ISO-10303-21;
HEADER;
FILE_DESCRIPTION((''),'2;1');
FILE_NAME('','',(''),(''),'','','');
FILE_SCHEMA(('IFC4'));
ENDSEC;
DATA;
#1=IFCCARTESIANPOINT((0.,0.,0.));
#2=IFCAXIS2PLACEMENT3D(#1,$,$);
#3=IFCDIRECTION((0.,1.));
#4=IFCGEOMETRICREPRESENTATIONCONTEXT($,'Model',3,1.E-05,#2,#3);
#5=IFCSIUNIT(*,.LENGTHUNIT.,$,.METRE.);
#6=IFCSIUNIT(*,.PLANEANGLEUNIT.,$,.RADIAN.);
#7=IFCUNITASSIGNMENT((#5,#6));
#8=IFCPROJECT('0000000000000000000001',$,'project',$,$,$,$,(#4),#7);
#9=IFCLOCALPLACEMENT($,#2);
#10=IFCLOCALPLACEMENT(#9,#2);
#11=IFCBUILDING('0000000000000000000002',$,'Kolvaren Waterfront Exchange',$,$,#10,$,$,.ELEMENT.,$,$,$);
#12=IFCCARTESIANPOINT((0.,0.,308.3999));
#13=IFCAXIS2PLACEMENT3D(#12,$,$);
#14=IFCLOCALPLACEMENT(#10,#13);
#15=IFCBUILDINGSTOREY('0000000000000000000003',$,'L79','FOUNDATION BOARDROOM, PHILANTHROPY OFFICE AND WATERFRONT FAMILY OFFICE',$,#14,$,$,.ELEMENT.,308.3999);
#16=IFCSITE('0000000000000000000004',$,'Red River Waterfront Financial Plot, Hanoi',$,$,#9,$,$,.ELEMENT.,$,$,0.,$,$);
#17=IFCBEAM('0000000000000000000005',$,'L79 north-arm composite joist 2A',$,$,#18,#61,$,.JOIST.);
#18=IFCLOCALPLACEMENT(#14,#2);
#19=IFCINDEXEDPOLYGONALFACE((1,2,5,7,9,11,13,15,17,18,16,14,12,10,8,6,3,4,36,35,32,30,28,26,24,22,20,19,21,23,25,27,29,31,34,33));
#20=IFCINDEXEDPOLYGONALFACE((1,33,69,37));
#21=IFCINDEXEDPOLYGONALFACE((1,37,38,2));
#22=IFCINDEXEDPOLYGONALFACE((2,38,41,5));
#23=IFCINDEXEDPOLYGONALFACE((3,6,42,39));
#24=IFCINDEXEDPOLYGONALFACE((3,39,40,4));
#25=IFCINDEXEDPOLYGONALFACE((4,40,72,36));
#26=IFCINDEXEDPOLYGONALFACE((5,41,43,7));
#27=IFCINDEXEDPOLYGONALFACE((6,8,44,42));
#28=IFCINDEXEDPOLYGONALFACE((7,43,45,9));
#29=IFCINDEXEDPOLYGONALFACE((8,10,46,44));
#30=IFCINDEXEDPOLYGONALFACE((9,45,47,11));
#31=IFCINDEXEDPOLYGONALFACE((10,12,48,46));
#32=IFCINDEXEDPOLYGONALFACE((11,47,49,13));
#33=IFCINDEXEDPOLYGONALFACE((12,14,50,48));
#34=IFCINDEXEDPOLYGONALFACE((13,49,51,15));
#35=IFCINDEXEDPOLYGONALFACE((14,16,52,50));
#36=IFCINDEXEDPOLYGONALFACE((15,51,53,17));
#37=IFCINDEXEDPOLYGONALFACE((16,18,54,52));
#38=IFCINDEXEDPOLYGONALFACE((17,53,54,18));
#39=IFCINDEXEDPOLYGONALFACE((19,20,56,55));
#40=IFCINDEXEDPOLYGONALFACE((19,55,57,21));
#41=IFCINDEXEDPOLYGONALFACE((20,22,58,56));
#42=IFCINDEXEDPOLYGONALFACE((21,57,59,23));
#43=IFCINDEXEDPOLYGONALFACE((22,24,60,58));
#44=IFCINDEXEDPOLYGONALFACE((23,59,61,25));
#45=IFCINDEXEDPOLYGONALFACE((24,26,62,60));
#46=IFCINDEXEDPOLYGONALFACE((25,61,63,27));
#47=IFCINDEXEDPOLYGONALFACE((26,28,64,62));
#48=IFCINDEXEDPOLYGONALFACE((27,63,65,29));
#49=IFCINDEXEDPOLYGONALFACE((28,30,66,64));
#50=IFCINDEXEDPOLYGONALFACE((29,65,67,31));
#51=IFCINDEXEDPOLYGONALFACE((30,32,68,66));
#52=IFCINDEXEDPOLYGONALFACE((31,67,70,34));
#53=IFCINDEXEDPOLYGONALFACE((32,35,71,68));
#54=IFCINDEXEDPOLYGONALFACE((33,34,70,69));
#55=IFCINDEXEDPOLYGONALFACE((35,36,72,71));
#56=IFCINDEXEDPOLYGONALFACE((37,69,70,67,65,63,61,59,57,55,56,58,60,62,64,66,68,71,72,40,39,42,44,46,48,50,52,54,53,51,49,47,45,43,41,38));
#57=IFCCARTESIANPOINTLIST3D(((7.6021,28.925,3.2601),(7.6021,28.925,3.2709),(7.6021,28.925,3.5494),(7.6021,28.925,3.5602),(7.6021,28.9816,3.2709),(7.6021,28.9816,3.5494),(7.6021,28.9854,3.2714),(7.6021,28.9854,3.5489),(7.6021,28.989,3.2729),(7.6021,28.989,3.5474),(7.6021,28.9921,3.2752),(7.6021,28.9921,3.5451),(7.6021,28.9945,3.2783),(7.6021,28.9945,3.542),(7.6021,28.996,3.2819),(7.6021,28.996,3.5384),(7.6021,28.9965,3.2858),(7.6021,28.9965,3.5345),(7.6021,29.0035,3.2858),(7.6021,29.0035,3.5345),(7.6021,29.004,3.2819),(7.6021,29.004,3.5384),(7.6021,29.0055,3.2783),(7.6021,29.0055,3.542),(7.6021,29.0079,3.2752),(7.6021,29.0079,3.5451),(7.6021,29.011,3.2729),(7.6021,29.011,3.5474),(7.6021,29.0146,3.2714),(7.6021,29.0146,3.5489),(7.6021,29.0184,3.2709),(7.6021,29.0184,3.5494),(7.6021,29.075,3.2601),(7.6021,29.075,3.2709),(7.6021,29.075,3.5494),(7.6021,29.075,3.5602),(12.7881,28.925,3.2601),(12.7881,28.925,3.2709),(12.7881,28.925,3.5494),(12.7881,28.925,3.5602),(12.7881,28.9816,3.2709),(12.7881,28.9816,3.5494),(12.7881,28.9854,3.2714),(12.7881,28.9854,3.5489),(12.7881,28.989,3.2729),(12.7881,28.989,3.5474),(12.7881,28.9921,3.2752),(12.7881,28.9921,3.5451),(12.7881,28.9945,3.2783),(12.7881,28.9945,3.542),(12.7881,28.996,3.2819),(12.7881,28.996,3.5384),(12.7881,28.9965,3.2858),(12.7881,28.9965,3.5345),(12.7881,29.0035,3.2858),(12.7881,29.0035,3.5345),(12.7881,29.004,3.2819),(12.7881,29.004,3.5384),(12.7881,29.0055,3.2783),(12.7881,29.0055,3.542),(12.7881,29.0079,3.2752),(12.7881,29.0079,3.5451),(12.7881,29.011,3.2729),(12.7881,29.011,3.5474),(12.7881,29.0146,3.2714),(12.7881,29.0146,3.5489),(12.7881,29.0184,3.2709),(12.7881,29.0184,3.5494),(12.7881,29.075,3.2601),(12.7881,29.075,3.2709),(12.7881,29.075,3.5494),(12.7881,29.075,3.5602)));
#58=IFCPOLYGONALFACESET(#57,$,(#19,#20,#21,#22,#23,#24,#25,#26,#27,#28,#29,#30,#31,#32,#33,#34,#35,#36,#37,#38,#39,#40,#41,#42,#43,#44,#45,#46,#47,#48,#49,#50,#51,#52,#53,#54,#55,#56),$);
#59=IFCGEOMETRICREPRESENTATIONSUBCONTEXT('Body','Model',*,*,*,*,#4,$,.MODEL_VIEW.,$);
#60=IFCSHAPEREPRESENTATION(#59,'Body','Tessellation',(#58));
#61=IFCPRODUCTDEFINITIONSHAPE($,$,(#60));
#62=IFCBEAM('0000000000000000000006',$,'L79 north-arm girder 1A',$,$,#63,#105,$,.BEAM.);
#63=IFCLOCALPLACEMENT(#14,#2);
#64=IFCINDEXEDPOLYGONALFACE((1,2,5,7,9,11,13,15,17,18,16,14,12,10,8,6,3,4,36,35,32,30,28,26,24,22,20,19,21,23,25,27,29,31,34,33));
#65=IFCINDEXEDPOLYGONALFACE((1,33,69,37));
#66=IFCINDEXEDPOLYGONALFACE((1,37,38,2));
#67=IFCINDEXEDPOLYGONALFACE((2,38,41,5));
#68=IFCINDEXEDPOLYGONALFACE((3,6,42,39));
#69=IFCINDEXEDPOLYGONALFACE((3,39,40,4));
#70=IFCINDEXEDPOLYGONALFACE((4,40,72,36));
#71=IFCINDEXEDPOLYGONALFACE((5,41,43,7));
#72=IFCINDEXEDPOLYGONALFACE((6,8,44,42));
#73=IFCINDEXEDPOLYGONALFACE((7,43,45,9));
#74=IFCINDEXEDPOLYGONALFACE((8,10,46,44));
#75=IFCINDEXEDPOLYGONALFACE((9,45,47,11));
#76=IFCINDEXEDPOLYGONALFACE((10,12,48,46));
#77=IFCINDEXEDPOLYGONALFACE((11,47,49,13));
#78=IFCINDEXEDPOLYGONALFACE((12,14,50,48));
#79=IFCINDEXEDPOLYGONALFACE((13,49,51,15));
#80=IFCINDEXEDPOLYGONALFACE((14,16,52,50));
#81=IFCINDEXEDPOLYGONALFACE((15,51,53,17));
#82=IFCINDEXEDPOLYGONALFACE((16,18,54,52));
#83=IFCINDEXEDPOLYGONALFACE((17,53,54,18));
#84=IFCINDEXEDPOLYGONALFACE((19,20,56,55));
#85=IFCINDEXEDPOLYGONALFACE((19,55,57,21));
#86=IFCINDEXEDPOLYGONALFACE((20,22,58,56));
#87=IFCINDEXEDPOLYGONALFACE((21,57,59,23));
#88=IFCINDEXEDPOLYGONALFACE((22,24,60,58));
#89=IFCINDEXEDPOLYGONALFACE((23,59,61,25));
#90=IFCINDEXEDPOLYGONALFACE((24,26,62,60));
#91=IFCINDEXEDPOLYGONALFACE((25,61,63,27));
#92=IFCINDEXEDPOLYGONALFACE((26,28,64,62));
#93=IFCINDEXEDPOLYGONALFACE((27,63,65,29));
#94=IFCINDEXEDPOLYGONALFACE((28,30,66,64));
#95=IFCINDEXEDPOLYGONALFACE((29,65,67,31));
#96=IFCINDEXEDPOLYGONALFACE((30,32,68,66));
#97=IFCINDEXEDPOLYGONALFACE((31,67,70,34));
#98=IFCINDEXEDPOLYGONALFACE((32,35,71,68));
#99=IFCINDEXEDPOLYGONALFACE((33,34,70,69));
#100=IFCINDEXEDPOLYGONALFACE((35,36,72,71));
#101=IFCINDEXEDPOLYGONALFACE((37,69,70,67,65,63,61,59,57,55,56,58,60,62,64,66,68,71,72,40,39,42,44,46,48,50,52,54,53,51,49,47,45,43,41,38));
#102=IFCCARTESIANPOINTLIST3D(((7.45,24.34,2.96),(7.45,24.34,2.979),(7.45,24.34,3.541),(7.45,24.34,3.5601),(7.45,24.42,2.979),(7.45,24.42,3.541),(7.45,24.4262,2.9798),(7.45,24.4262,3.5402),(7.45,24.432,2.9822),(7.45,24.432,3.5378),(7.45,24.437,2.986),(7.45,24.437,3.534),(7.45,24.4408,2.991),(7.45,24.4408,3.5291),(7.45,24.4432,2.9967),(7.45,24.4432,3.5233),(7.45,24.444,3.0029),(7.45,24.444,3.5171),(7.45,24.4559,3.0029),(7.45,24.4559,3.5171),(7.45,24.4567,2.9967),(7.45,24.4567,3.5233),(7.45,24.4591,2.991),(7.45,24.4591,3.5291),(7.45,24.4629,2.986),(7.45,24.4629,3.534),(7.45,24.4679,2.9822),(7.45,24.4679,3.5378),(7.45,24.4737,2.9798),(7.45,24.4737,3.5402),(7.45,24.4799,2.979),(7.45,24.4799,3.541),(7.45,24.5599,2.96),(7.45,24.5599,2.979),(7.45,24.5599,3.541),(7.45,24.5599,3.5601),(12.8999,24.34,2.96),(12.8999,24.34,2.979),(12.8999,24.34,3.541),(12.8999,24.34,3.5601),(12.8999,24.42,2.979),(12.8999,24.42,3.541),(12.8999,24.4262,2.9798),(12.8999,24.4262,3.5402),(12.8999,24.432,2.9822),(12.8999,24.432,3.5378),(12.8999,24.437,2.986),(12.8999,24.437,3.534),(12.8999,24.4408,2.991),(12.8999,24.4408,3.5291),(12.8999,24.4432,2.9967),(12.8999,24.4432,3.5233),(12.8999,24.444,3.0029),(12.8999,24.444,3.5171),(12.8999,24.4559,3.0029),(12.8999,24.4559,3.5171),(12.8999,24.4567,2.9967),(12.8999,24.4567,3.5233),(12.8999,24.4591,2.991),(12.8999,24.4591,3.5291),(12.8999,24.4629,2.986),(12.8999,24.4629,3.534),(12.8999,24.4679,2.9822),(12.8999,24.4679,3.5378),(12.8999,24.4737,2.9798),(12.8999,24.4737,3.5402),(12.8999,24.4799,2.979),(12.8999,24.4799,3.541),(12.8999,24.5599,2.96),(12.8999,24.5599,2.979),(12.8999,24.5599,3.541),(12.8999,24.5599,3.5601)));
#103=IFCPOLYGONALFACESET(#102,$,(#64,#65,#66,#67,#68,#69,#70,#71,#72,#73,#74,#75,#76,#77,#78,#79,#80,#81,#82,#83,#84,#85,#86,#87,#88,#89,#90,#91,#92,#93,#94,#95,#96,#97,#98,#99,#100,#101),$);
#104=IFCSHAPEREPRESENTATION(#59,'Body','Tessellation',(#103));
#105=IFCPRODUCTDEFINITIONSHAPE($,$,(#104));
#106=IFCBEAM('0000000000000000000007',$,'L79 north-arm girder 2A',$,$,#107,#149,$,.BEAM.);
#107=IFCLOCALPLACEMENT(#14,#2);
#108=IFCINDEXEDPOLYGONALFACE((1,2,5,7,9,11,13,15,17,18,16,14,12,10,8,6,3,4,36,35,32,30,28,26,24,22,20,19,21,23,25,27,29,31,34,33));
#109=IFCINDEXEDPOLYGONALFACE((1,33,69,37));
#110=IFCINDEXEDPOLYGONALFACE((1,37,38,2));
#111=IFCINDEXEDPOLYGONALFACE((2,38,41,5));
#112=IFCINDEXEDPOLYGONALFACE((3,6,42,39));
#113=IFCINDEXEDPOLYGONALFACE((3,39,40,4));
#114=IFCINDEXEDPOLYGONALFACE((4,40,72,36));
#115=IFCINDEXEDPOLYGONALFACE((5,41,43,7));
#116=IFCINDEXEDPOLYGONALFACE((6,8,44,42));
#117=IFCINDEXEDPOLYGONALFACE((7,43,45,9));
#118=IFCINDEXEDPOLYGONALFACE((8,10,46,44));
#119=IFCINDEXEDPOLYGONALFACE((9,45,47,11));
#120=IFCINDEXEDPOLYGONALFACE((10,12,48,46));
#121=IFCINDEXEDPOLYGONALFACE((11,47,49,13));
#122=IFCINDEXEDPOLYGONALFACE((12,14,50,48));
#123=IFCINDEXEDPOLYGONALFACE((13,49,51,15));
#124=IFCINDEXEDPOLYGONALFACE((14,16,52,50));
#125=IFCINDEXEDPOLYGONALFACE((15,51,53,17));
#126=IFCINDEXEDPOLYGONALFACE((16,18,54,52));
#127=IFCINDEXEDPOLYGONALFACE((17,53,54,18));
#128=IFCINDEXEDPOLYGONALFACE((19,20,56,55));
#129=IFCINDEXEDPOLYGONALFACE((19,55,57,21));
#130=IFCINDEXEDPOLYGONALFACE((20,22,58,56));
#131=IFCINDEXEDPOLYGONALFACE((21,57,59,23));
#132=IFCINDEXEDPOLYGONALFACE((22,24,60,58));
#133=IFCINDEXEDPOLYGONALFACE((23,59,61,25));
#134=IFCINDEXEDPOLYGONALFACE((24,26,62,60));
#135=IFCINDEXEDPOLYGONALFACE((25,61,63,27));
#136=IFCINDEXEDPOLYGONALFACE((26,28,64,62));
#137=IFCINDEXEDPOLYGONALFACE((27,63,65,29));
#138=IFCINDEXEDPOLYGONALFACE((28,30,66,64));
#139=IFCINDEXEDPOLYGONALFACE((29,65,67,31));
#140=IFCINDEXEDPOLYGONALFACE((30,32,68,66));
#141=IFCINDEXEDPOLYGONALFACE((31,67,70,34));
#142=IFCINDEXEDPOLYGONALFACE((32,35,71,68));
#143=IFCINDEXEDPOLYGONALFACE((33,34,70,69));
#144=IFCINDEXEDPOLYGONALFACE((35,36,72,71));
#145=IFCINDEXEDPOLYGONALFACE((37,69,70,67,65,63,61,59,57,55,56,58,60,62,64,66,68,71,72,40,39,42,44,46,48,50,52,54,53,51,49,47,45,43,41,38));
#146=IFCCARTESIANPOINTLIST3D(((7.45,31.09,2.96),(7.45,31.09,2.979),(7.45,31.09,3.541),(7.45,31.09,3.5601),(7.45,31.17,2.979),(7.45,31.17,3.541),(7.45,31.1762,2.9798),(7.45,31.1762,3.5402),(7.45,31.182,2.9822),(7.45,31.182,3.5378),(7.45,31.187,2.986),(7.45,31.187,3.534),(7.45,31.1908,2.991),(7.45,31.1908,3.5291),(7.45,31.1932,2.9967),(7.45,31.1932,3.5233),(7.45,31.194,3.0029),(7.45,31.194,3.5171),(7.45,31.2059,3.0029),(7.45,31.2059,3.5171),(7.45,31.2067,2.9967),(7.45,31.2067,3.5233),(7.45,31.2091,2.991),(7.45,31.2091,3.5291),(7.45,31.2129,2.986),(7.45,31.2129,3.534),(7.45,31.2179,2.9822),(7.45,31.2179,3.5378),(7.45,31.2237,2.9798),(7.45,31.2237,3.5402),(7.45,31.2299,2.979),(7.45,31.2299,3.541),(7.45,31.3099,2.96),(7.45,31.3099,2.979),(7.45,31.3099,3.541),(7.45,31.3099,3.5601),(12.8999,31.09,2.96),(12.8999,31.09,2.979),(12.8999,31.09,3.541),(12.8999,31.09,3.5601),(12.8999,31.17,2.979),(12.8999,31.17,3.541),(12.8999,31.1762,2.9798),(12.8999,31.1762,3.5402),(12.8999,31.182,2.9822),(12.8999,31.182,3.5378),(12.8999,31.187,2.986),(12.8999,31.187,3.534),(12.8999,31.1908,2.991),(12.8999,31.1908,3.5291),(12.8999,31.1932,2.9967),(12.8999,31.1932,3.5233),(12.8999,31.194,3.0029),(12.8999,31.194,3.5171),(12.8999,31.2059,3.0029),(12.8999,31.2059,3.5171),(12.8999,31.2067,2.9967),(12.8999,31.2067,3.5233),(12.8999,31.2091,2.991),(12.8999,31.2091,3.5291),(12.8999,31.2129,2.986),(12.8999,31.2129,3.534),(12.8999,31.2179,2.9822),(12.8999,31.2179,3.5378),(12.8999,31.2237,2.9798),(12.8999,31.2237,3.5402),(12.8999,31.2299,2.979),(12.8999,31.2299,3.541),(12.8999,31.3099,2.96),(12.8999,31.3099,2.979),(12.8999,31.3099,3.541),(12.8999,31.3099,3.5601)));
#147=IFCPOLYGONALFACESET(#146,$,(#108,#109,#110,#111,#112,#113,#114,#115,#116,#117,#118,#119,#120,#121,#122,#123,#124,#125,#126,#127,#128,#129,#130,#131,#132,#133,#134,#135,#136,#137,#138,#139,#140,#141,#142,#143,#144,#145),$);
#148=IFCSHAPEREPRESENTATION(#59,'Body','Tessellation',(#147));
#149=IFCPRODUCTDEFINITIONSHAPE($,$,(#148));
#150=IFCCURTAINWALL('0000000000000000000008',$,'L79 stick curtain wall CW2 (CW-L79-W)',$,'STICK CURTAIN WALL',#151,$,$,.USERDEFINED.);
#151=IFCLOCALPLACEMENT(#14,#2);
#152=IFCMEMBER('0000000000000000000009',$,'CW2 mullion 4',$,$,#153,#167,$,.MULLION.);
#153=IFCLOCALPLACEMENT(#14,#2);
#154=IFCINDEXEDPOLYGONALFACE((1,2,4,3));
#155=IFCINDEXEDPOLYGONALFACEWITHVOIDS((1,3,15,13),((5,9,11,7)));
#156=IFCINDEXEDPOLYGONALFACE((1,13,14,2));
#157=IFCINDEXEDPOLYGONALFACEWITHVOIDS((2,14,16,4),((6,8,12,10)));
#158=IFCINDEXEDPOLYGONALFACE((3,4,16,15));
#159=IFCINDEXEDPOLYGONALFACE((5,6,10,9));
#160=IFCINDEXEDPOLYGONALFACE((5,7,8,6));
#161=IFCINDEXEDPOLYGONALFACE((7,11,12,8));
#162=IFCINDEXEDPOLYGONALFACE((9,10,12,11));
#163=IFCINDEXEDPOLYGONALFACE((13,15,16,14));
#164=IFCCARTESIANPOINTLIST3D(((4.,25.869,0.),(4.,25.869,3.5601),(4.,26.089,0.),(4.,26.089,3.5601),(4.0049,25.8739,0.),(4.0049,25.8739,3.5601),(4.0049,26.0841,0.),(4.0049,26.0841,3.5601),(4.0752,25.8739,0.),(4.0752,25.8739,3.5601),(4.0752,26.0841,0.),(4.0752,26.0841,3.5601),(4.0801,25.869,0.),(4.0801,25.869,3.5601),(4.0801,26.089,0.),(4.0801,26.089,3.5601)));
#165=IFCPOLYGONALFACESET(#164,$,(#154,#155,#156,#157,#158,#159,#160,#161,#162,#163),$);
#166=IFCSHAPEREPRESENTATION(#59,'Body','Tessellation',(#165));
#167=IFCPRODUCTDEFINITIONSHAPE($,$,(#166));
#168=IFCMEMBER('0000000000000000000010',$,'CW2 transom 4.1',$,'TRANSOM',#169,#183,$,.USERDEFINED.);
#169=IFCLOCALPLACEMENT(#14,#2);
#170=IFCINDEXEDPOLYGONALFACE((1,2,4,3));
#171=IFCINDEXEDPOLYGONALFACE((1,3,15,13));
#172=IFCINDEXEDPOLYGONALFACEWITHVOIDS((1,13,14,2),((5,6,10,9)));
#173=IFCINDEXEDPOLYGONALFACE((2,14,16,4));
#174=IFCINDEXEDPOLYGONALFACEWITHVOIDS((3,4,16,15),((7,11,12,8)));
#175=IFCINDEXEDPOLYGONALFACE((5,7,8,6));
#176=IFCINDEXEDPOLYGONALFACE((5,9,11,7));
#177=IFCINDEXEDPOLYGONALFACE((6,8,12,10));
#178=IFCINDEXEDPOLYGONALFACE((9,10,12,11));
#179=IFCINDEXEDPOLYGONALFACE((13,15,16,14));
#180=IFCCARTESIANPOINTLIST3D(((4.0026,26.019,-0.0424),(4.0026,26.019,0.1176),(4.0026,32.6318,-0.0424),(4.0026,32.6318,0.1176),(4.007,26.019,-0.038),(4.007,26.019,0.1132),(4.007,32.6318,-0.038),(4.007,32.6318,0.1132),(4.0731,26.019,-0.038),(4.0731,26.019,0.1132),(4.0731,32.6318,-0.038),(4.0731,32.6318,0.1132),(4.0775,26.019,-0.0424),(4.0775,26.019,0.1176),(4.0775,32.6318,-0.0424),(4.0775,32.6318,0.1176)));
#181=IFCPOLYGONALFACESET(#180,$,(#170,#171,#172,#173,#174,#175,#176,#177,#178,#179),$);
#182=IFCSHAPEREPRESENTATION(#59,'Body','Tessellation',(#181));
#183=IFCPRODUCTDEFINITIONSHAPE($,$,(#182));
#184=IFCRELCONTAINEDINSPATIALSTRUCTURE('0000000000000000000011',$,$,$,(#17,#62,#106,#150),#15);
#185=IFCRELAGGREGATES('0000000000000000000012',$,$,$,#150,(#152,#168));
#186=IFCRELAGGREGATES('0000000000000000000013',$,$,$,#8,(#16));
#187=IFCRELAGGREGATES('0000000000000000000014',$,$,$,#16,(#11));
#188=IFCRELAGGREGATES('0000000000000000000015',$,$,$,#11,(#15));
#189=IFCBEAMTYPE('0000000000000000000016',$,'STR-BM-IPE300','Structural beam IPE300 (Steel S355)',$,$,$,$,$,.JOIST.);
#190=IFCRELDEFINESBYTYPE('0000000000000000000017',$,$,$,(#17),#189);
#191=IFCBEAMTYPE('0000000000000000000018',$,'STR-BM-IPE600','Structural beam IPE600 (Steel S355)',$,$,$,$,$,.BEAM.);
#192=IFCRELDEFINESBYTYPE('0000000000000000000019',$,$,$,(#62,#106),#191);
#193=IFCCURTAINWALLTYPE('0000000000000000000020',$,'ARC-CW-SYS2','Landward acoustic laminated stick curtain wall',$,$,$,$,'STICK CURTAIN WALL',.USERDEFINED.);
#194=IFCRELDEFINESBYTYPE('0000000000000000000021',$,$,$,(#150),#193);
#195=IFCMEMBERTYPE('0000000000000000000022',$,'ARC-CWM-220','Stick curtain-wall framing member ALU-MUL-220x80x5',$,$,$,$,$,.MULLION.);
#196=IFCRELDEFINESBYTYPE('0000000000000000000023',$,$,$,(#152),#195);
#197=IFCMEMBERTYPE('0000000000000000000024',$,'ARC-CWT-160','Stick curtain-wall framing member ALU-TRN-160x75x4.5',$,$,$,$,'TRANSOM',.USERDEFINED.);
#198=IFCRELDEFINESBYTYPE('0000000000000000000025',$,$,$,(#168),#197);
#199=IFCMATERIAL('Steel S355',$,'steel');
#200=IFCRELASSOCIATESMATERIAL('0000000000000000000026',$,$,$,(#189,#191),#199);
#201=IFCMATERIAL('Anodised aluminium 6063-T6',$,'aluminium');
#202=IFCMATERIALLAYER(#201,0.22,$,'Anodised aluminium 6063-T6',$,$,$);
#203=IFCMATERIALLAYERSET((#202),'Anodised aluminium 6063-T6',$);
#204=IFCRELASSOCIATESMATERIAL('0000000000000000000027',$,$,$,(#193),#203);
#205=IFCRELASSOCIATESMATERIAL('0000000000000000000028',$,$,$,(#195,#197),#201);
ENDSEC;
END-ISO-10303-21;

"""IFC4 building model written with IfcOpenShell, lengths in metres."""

from ifc_helpers import new_model, si_unit, direction, frame, origin, origin_with_axes, origin_2d, place, context, subcontext, project, spatial, hollow_rectangle, i_section, extrude, source, transform, mapped, material, layer, layer_set, material_profile, profile_set, type_object, element, aggregate, save


model = new_model("IFC4")

# Units and contexts
model_context = context("Model", 3, precision=1e-05, world=origin(), true_north=direction((0.0, 1.0)))
body_context = subcontext(model_context, "Body", "Model", "MODEL_VIEW")
ifc_project = project(units=[si_unit("LENGTHUNIT", "METRE"), si_unit("PLANEANGLEUNIT", "RADIAN")], contexts=[model_context])

# Site, building, storey
site_placement = place(None, origin())
site = spatial("IfcSite", under=ifc_project, at=site_placement, Name="Red River Waterfront Financial Plot, Hanoi", CompositionType="ELEMENT", RefElevation=0.0)
building_placement = place(site_placement, origin())
building = spatial("IfcBuilding", under=site, at=building_placement, Name="Kolvaren Waterfront Exchange", CompositionType="ELEMENT")
storey_placement = place(building_placement, frame((0.0, 0.0, 308.3999)))
storey = spatial("IfcBuildingStorey", under=building, at=storey_placement, Name="L79", Description="FOUNDATION BOARDROOM, PHILANTHROPY OFFICE AND WATERFRONT FAMILY OFFICE", CompositionType="ELEMENT", Elevation=308.3999)

# Beams
ifc_material_1 = material(Name="Steel S355", Category="steel")
ifc_material_profile_1 = material_profile(ifc_material_1, i_section(OverallWidth=0.1499, OverallDepth=0.3, WebThickness=0.0071, FlangeThickness=0.0107, FilletRadius=0.0149, at=origin_2d()), Name="IPE300")
ifc_profile_set_1 = profile_set([ifc_material_profile_1], Name="Steel S355")
beam_type_1 = type_object("IfcBeamType", Name="STR-BM-IPE300", Description="Structural beam IPE300 (Steel S355)", PredefinedType="JOIST", material=ifc_profile_set_1)
for number, where, z_axis, x_axis, name in (
    (1, (7.6021, 29.0, 3.4102), (1.0, 0.0, 0.0), (0.0, 1.0, 0.0), "L79 north-arm composite joist 2A"),
):
    element("IfcBeam", number, at=place(storey_placement, frame(where, z_axis=z_axis, x_axis=x_axis)), inside=storey, type_object=beam_type_1, Name=name, PredefinedType="JOIST", context=body_context, shape_type="SweptSolid", body=[
        extrude(i_section(OverallWidth=0.1499, OverallDepth=0.3, WebThickness=0.0071, FlangeThickness=0.0107, FilletRadius=0.0149, at=origin_2d()), origin(), (0.0, 0.0, 1.0), 5.186),
    ])
ifc_material_profile_2 = material_profile(ifc_material_1, i_section(OverallWidth=0.22, OverallDepth=0.6001, WebThickness=0.012, FlangeThickness=0.019, FilletRadius=0.0239, at=origin_2d()), Name="IPE600")
ifc_profile_set_2 = profile_set([ifc_material_profile_2], Name="Steel S355")
beam_type_2 = type_object("IfcBeamType", Name="STR-BM-IPE600", Description="Structural beam IPE600 (Steel S355)", PredefinedType="BEAM", material=ifc_profile_set_2)
for number, where, z_axis, x_axis, name in (
    (2, (7.45, 24.45, 3.26), (1.0, 0.0, 0.0), (0.0, 1.0, 0.0), "L79 north-arm girder 1A"),
    (3, (7.45, 31.2, 3.26), (1.0, 0.0, 0.0), (0.0, 1.0, 0.0), "L79 north-arm girder 2A"),
):
    element("IfcBeam", number, at=place(storey_placement, frame(where, z_axis=z_axis, x_axis=x_axis)), inside=storey, type_object=beam_type_2, Name=name, PredefinedType="BEAM", context=body_context, shape_type="SweptSolid", body=[
        extrude(i_section(OverallWidth=0.22, OverallDepth=0.6001, WebThickness=0.012, FlangeThickness=0.019, FilletRadius=0.0239, at=origin_2d()), origin(), (0.0, 0.0, 1.0), 5.45),
    ])

# Curtain wall, members
ifc_material_2 = material(Name="Anodised aluminium 6063-T6", Category="aluminium")
ifc_layer_1 = layer(ifc_material_2, 0.22, Name="Anodised aluminium 6063-T6")
ifc_layer_set_1 = layer_set([ifc_layer_1], Name="Anodised aluminium 6063-T6")
curtain_wall_type = type_object("IfcCurtainWallType", Name="ARC-CW-SYS2", Description="Landward acoustic laminated stick curtain wall", ElementType="STICK CURTAIN WALL", PredefinedType="USERDEFINED", material=ifc_layer_set_1)
curtain_wall_placement = place(storey_placement, origin())
curtain_wall = element("IfcCurtainWall", 4, at=curtain_wall_placement, inside=storey, type_object=curtain_wall_type, Name="L79 stick curtain wall CW2 (CW-L79-W)", ObjectType="STICK CURTAIN WALL", PredefinedType="USERDEFINED")
ifc_material_profile_3 = material_profile(ifc_material_2, hollow_rectangle(XDim=0.0801, YDim=0.22, WallThickness=0.0049, at=origin_2d()), Name="ALU-MUL-220x80x5")
ifc_profile_set_3 = profile_set([ifc_material_profile_3], Name="Anodised aluminium 6063-T6")
member_type_1 = type_object("IfcMemberType", Name="ARC-CWM-220", Description="Stick curtain-wall framing member ALU-MUL-220x80x5", PredefinedType="MULLION", material=ifc_profile_set_3)
shared_shape_1 = source(origin_with_axes(), body_context, "Body", "SweptSolid", [
    extrude(hollow_rectangle(XDim=0.0801, YDim=0.22, WallThickness=0.0049, at=origin_2d()), origin(), (0.0, 0.0, 1.0), 3.5601),
])
member_1_placement = place(storey_placement, frame((4.04, 25.979, 0.0), z_axis=(0.0, 0.0, 1.0), x_axis=(-1.0, 0.0, 0.0)))
member_1 = element("IfcMember", 5, at=member_1_placement, type_object=member_type_1, Name="CW2 mullion 4", PredefinedType="MULLION", context=body_context, shape_type="MappedRepresentation", body=[
    mapped(shared_shape_1, transform((0.0, 0.0, 0.0), x_axis=(1.0, 0.0, 0.0), y_axis=(0.0, 1.0, 0.0), z_axis=(0.0, 0.0, 1.0), scale=1.0)),
])
ifc_material_profile_4 = material_profile(ifc_material_2, hollow_rectangle(XDim=0.075, YDim=0.1599, WallThickness=0.0044, at=origin_2d()), Name="ALU-TRN-160x75x4.5")
ifc_profile_set_4 = profile_set([ifc_material_profile_4], Name="Anodised aluminium 6063-T6")
member_type_2 = type_object("IfcMemberType", Name="ARC-CWT-160", Description="Stick curtain-wall framing member ALU-TRN-160x75x4.5", ElementType="TRANSOM", PredefinedType="USERDEFINED", material=ifc_profile_set_4)
shared_shape_2 = source(origin_with_axes(), body_context, "Body", "SweptSolid", [
    extrude(hollow_rectangle(XDim=0.075, YDim=0.1599, WallThickness=0.0044, at=origin_2d()), origin(), (0.0, 0.0, 1.0), 6.6128),
])
member_2_placement = place(storey_placement, frame((4.04, 26.019, 0.0376), z_axis=(0.0, 1.0, 0.0), x_axis=(-1.0, 0.0, 0.0)))
member_2 = element("IfcMember", 6, at=member_2_placement, type_object=member_type_2, Name="CW2 transom 4.1", ObjectType="TRANSOM", PredefinedType="USERDEFINED", context=body_context, shape_type="MappedRepresentation", body=[
    mapped(shared_shape_2, transform((0.0, 0.0, 0.0), x_axis=(1.0, 0.0, 0.0), y_axis=(0.0, 1.0, 0.0), z_axis=(0.0, 0.0, 1.0), scale=1.0)),
])
aggregate(curtain_wall, [member_1, member_2])

save(model, "model.ifc")
